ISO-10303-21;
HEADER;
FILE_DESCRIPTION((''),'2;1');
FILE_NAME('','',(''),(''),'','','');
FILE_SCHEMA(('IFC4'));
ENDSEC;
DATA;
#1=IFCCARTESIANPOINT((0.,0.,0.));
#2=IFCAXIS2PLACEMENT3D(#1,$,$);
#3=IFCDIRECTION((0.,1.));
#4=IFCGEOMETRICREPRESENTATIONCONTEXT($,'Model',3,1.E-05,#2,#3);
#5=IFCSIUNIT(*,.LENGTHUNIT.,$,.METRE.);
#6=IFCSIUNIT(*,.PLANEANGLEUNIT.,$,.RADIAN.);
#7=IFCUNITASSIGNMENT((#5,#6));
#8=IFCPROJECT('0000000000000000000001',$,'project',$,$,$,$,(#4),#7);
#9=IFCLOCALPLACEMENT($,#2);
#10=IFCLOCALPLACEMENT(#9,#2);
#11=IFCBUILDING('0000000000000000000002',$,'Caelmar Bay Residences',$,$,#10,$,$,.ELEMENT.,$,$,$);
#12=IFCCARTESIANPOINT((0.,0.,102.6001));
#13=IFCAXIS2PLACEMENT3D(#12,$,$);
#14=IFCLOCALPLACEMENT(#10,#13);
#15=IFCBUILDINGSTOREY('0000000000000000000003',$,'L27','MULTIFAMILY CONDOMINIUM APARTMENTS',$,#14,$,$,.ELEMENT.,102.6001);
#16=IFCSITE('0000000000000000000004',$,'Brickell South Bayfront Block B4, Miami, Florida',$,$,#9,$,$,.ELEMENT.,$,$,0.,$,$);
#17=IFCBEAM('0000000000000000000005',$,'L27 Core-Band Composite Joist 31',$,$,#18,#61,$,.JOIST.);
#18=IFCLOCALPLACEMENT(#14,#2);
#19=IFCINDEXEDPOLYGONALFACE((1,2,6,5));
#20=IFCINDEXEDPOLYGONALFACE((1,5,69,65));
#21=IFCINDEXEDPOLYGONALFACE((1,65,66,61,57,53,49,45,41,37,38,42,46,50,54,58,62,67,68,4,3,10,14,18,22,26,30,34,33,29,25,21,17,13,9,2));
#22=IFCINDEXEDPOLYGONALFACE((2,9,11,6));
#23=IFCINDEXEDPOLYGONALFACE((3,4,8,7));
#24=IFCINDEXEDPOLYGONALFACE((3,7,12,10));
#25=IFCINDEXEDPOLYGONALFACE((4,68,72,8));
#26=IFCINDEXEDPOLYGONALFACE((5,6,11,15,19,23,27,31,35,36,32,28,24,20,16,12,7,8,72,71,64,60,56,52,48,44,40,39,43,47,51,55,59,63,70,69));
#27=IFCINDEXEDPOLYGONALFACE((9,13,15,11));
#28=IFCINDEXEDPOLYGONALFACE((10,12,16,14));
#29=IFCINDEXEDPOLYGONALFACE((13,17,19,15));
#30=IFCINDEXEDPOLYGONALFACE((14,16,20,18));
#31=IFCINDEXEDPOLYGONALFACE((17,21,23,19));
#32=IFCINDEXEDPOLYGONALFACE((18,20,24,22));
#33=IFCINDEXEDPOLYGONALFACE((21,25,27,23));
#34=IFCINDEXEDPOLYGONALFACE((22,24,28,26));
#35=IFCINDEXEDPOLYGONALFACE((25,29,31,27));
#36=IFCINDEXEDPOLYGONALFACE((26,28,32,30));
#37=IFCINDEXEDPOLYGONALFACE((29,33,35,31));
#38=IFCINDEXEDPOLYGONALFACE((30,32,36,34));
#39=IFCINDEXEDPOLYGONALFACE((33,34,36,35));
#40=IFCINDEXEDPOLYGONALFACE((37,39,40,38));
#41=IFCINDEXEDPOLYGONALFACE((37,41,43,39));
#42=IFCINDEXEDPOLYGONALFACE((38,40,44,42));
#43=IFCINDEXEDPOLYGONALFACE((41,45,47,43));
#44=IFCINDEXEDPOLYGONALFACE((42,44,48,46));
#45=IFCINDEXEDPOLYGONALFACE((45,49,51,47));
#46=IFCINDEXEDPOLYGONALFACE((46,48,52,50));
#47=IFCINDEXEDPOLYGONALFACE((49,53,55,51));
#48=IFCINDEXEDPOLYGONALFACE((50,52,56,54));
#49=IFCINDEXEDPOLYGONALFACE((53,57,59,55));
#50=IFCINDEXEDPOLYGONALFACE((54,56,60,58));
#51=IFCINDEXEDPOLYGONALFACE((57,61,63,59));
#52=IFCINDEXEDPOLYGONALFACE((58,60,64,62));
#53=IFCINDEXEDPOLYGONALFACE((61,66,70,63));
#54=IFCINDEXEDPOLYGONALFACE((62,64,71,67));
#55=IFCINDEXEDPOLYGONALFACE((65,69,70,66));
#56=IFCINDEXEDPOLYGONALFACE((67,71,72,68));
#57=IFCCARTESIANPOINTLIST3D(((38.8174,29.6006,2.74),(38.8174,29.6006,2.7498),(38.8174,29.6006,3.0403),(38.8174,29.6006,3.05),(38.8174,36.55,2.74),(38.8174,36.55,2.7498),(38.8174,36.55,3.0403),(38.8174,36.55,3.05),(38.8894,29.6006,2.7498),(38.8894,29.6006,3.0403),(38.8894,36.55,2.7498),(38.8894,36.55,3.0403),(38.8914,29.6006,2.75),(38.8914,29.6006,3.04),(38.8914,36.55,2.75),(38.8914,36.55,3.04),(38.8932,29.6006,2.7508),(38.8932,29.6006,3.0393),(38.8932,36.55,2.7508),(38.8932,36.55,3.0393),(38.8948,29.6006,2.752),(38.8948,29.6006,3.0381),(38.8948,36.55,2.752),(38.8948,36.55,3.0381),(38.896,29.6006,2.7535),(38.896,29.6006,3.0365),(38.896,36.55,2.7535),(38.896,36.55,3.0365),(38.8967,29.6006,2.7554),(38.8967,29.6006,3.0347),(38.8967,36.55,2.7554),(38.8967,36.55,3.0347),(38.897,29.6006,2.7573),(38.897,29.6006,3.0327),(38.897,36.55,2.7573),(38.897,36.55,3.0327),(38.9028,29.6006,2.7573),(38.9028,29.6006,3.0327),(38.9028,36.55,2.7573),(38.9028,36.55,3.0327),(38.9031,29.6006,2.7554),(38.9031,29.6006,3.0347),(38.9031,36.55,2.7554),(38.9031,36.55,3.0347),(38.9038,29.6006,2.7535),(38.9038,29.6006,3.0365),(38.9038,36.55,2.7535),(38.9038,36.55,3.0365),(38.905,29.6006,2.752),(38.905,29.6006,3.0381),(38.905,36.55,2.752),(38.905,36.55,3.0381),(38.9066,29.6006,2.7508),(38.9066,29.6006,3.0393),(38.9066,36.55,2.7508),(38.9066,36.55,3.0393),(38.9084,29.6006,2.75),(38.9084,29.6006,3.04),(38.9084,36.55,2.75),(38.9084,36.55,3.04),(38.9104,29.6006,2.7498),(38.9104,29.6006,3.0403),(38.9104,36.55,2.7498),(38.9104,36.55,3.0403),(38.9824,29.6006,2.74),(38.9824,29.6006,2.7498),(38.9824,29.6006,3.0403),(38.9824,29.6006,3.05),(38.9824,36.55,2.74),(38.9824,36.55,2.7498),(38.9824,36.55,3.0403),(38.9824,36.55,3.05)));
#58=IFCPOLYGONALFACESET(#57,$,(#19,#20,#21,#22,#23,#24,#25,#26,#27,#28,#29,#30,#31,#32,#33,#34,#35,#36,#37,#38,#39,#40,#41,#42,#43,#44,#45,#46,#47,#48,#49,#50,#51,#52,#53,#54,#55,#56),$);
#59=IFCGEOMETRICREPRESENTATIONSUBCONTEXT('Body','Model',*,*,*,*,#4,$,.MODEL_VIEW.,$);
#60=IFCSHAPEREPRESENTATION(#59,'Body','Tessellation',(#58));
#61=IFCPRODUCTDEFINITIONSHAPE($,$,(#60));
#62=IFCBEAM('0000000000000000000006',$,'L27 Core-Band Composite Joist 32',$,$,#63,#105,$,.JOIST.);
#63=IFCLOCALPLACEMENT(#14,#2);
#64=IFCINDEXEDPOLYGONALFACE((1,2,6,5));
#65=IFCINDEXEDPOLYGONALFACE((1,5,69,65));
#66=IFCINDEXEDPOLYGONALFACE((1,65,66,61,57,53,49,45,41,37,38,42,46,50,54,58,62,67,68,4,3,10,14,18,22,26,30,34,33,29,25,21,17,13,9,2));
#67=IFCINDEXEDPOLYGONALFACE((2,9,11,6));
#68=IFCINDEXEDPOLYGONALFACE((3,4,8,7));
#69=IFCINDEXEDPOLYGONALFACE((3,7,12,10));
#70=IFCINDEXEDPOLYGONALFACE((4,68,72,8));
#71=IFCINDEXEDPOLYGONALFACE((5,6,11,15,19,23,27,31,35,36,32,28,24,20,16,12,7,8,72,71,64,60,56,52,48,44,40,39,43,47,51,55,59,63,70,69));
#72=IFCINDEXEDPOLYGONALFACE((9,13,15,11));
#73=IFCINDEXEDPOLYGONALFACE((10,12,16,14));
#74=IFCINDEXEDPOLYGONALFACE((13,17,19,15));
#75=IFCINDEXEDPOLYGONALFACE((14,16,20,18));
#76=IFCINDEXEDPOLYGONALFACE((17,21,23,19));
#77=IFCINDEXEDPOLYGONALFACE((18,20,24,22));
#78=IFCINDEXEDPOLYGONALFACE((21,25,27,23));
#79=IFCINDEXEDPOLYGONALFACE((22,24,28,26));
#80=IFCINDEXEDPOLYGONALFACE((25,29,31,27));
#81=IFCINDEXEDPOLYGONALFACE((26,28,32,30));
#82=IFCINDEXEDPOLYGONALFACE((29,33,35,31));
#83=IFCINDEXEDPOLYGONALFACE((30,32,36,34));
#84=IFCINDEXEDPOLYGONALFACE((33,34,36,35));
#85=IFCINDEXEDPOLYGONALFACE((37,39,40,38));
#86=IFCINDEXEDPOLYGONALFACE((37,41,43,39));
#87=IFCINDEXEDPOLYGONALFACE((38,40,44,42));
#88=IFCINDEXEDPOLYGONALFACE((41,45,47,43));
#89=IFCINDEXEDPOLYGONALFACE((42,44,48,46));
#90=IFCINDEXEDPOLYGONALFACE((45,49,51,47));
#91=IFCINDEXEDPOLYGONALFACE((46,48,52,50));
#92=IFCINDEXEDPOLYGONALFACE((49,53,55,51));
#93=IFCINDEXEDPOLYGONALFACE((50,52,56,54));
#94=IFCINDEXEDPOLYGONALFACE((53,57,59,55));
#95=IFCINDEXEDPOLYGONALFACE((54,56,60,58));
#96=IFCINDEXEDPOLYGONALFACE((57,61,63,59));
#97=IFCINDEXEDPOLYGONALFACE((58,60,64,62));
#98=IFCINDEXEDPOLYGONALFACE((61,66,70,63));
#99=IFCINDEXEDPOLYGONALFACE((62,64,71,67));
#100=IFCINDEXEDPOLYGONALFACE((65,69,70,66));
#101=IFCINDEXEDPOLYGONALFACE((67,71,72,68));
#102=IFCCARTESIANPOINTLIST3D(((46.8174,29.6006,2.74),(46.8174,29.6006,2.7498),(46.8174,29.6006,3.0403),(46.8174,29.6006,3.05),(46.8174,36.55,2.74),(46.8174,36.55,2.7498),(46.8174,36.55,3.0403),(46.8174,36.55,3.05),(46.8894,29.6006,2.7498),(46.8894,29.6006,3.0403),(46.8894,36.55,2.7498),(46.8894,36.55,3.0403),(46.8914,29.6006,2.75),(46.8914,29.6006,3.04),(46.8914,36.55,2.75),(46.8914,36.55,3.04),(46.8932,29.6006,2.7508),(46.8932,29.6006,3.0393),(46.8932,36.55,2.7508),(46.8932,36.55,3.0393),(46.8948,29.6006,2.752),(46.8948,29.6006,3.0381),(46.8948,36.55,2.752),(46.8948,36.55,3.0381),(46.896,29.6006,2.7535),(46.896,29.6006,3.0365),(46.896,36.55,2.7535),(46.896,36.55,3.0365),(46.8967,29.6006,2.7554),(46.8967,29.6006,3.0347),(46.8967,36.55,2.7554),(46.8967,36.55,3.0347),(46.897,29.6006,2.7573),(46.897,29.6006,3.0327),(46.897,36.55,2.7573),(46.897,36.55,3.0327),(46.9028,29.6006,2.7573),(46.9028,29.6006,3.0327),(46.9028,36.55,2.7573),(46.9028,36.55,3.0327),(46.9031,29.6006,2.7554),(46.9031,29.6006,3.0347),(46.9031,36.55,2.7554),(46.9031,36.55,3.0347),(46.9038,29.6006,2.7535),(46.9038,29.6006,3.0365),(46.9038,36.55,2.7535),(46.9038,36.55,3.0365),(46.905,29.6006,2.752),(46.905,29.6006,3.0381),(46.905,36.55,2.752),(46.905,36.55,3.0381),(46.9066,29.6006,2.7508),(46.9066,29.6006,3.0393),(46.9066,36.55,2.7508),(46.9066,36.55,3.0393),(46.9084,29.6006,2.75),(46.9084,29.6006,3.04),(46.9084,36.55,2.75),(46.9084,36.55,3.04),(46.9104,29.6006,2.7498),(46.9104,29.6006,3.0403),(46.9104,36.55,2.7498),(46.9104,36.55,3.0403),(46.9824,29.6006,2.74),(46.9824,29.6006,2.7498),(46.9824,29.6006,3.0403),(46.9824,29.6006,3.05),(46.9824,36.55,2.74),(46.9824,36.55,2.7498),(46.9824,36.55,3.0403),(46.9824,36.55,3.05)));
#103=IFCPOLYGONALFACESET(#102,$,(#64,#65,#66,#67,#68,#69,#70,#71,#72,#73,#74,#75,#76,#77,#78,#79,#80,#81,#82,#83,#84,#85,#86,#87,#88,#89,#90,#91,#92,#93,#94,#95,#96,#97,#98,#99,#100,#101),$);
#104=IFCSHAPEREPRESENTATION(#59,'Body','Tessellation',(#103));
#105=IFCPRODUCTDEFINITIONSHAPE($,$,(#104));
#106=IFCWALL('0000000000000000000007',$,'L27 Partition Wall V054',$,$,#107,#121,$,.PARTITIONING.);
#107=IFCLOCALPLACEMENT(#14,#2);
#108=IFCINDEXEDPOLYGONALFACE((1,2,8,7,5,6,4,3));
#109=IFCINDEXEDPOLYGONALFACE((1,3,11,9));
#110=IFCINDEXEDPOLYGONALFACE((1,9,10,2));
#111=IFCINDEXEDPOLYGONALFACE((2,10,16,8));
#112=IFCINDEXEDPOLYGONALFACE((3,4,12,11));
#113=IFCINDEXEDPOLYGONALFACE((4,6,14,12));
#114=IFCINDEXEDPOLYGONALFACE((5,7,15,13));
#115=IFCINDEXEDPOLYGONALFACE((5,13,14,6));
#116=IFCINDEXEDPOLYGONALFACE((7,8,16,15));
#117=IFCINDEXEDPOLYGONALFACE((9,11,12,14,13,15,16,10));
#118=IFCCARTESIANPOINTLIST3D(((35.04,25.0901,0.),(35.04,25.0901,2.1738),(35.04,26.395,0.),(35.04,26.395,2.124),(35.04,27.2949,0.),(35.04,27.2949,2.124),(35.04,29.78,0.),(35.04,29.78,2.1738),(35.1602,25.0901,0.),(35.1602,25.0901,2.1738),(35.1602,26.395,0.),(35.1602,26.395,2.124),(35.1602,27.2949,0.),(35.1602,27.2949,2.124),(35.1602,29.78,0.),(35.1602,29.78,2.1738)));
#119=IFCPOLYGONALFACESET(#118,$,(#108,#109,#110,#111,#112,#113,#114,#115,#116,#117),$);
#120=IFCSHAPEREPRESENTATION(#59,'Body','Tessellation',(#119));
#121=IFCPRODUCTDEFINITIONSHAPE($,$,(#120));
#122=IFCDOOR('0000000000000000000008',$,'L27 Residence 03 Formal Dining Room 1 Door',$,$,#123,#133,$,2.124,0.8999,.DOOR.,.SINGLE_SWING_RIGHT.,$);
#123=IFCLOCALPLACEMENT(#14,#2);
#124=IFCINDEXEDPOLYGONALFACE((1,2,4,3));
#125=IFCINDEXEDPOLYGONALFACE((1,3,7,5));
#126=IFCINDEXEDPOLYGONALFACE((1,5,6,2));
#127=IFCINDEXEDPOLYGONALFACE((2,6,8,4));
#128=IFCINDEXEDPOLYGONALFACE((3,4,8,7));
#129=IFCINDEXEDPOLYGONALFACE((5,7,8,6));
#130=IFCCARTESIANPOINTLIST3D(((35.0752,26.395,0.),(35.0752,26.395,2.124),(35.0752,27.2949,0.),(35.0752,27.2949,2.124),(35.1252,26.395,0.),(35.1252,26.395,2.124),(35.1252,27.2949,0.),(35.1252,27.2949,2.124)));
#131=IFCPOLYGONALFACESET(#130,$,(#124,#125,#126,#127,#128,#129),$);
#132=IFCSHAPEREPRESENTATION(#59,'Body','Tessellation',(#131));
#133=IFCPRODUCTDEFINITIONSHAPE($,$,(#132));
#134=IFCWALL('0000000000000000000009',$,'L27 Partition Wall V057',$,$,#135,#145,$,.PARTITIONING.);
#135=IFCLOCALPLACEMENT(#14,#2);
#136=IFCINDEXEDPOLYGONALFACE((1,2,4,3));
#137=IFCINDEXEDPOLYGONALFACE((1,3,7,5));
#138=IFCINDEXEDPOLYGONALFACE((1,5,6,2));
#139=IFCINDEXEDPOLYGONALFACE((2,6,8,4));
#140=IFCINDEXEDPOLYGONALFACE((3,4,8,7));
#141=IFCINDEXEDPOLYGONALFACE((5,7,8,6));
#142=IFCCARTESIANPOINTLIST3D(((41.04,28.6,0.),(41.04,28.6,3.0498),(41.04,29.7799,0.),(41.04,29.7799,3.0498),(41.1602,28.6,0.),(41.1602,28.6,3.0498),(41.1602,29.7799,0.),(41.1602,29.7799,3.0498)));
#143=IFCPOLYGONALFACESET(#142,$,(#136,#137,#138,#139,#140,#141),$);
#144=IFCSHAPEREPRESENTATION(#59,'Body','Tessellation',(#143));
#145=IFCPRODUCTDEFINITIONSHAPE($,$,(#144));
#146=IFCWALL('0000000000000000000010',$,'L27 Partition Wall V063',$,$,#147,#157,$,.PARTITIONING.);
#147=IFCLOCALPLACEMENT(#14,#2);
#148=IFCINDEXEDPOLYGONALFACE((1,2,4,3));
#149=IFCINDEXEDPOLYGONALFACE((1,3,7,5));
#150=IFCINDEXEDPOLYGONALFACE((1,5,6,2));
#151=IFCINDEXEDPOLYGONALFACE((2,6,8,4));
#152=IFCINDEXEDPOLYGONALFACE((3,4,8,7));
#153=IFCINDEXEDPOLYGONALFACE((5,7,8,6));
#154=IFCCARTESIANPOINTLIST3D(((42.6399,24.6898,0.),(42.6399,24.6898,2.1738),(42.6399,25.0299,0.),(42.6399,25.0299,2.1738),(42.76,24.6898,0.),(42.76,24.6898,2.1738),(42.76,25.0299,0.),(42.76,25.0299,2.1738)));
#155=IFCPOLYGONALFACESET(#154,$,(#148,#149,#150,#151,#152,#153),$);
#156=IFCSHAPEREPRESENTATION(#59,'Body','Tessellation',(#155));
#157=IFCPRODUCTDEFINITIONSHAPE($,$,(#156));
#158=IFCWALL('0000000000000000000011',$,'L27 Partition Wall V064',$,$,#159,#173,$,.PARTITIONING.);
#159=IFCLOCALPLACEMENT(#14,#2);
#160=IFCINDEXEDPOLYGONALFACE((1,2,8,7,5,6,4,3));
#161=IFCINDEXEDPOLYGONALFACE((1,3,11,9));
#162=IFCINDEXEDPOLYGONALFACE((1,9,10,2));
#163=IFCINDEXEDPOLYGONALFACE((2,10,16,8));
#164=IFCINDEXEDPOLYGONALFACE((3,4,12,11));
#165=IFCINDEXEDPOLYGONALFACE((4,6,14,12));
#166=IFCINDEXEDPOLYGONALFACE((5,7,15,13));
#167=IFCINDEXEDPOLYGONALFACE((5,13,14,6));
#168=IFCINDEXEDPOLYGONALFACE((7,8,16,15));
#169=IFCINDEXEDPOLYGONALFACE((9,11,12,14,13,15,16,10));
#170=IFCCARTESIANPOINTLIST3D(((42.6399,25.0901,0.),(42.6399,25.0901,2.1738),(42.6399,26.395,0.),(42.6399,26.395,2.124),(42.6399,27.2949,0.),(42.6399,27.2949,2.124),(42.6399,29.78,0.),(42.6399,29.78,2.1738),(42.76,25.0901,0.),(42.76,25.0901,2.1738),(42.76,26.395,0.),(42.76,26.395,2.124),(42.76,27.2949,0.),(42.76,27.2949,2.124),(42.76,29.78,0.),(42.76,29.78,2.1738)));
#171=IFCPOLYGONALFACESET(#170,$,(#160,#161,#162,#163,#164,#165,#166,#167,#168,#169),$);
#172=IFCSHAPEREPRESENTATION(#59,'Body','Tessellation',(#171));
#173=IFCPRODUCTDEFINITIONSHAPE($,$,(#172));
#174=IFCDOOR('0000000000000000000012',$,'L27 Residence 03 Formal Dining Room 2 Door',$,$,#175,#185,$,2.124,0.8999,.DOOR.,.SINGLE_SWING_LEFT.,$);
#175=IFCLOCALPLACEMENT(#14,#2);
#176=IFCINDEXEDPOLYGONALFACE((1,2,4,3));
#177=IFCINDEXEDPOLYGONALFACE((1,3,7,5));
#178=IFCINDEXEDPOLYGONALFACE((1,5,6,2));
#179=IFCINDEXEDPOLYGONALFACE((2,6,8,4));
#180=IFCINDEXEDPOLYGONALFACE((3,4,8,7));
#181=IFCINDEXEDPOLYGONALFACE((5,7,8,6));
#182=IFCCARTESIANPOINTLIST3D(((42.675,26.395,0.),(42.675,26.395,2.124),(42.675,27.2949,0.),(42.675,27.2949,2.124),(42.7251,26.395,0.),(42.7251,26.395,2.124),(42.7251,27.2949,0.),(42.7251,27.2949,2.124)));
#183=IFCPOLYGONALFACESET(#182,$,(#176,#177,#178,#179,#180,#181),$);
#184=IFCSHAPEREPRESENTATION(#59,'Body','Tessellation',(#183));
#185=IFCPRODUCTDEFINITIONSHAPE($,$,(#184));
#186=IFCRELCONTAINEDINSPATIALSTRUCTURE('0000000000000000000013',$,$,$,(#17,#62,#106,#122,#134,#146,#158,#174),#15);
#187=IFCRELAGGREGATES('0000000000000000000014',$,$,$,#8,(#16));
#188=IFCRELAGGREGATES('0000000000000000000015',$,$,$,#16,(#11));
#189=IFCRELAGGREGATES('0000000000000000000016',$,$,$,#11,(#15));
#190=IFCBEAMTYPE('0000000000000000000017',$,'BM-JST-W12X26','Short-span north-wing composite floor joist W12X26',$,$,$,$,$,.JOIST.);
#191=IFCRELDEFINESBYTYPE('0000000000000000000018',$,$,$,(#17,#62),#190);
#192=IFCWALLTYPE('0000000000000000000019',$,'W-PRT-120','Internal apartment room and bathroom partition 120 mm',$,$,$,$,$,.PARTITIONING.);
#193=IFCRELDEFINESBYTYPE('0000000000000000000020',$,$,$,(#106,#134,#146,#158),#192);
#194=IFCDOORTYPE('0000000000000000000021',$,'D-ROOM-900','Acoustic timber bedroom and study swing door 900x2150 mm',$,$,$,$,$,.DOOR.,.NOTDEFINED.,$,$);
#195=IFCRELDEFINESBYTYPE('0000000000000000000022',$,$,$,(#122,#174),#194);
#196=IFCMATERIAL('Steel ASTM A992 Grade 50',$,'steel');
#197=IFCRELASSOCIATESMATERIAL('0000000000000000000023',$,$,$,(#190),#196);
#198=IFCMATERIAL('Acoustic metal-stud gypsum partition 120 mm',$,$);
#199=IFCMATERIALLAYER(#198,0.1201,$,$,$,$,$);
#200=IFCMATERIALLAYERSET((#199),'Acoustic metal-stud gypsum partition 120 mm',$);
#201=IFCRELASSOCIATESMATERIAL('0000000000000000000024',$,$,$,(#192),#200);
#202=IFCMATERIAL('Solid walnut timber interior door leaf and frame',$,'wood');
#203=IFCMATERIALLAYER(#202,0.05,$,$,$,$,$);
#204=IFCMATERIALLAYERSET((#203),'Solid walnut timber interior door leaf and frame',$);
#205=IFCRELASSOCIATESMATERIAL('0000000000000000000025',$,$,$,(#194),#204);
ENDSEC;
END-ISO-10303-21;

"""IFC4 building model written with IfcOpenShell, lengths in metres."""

from ifc_helpers import new_model, si_unit, direction, frame, frame_2d, origin, origin_2d, place, context, subcontext, project, spatial, rectangle, i_section, extrude, material, layer, layer_set, material_profile, profile_set, type_object, element, fill, save


model = new_model("IFC4")

# Units and contexts
model_context = context("Model", 3, precision=1e-05, world=origin(), true_north=direction((0.0, 1.0)))
body_context = subcontext(model_context, "Body", "Model", "MODEL_VIEW")
ifc_project = project(units=[si_unit("LENGTHUNIT", "METRE"), si_unit("PLANEANGLEUNIT", "RADIAN")], contexts=[model_context])

# Site, building, storey
site_placement = place(None, origin())
site = spatial("IfcSite", under=ifc_project, at=site_placement, Name="Brickell South Bayfront Block B4, Miami, Florida", CompositionType="ELEMENT", RefElevation=0.0)
building_placement = place(site_placement, origin())
building = spatial("IfcBuilding", under=site, at=building_placement, Name="Caelmar Bay Residences", CompositionType="ELEMENT")
storey_placement = place(building_placement, frame((0.0, 0.0, 102.6001)))
storey = spatial("IfcBuildingStorey", under=building, at=storey_placement, Name="L27", Description="MULTIFAMILY CONDOMINIUM APARTMENTS", CompositionType="ELEMENT", Elevation=102.6001)

# Beams
ifc_material_1 = material(Name="Steel ASTM A992 Grade 50", Category="steel")
ifc_material_profile_1 = material_profile(ifc_material_1, i_section(OverallWidth=0.165, OverallDepth=0.3101, WebThickness=0.0059, FlangeThickness=0.0098, FilletRadius=0.0076, at=origin_2d()), Name="W12X26")
ifc_profile_set_1 = profile_set([ifc_material_profile_1], Name="Steel ASTM A992 Grade 50")
beam_type_1 = type_object("IfcBeamType", Name="BM-JST-W12X26", Description="Short-span north-wing composite floor joist W12X26", PredefinedType="JOIST", material=ifc_profile_set_1)
for number, where, z_axis, x_axis, name in (
    (1, (38.8999, 29.6006, 2.895), (0.0, 1.0, 0.0), (-1.0, 0.0, 0.0), "L27 Core-Band Composite Joist 31"),
    (2, (46.8999, 29.6006, 2.895), (0.0, 1.0, 0.0), (-1.0, 0.0, 0.0), "L27 Core-Band Composite Joist 32"),
):
    element("IfcBeam", number, at=place(storey_placement, frame(where, z_axis=z_axis, x_axis=x_axis)), inside=storey, type_object=beam_type_1, Name=name, PredefinedType="JOIST", context=body_context, shape_type="SweptSolid", body=[
        extrude(i_section(OverallWidth=0.165, OverallDepth=0.3101, WebThickness=0.0059, FlangeThickness=0.0098, FilletRadius=0.0076, at=origin_2d()), origin(), (0.0, 0.0, 1.0), 6.9495),
    ])

# Wall, opening, door
ifc_material_2 = material(Name="Acoustic metal-stud gypsum partition 120 mm")
ifc_layer_1 = layer(ifc_material_2, 0.1201)
ifc_layer_set_1 = layer_set([ifc_layer_1], Name="Acoustic metal-stud gypsum partition 120 mm")
wall_type = type_object("IfcWallType", Name="W-PRT-120", Description="Internal apartment room and bathroom partition 120 mm", PredefinedType="PARTITIONING", material=ifc_layer_set_1)
wall_1_placement = place(storey_placement, frame((35.1001, 25.0901, 0.0), z_axis=(0.0, 0.0, 1.0), x_axis=(0.0, 1.0, 0.0)))
wall_1 = element("IfcWall", 3, at=wall_1_placement, inside=storey, type_object=wall_type, Name="L27 Partition Wall V054", PredefinedType="PARTITIONING", context=body_context, shape_type="SweptSolid", body=[
    extrude(rectangle(XDim=4.6899, YDim=0.1201, at=frame_2d((2.345, 0.0))), origin(), (0.0, 0.0, 1.0), 2.1738),
])
opening_1_placement = place(wall_1_placement, frame((1.3049, 0.0, 0.0)))
opening_1 = element("IfcOpeningElement", 4, at=opening_1_placement, cuts=wall_1, PredefinedType="OPENING", context=body_context, shape_type="SweptSolid", body=[
    extrude(rectangle(XDim=0.8999, YDim=2.124, at=frame_2d((0.45, 1.062))), frame((0.0, 0.0701, 0.0), z_axis=(0.0, -1.0, 0.0), x_axis=(1.0, 0.0, 0.0)), (0.0, 0.0, 1.0), 0.1401),
])
ifc_material_3 = material(Name="Solid walnut timber interior door leaf and frame", Category="wood")
ifc_layer_2 = layer(ifc_material_3, 0.05)
ifc_layer_set_2 = layer_set([ifc_layer_2], Name="Solid walnut timber interior door leaf and frame")
door_type = type_object("IfcDoorType", Name="D-ROOM-900", Description="Acoustic timber bedroom and study swing door 900x2150 mm", OperationType="NOTDEFINED", PredefinedType="DOOR", material=ifc_layer_set_2)
door_1_placement = place(opening_1_placement, origin())
door_1 = element("IfcDoor", 5, at=door_1_placement, inside=storey, type_object=door_type, Name="L27 Residence 03 Formal Dining Room 1 Door", OperationType="SINGLE_SWING_RIGHT", OverallHeight=2.124, OverallWidth=0.8999, PredefinedType="DOOR", context=body_context, shape_type="SweptSolid", body=[
    extrude(rectangle(XDim=0.8999, YDim=2.124, at=frame_2d((0.45, 1.062))), frame((0.0, 0.0249, 0.0), z_axis=(0.0, -1.0, 0.0), x_axis=(1.0, 0.0, 0.0)), (0.0, 0.0, 1.0), 0.05),
])
fill(opening_1, door_1)

# Walls
wall_2_placement = place(storey_placement, frame((41.1001, 28.6001, 0.0), z_axis=(0.0, 0.0, 1.0), x_axis=(0.0, 1.0, 0.0)))
element("IfcWall", 6, at=wall_2_placement, inside=storey, type_object=wall_type, Name="L27 Partition Wall V057", PredefinedType="PARTITIONING", context=body_context, shape_type="SweptSolid", body=[
    extrude(rectangle(XDim=1.1799, YDim=0.1201, at=frame_2d((0.5898, 0.0))), origin(), (0.0, 0.0, 1.0), 3.0498),
])
wall_3_placement = place(storey_placement, frame((42.7, 24.6899, 0.0), z_axis=(0.0, 0.0, 1.0), x_axis=(0.0, 1.0, 0.0)))
element("IfcWall", 7, at=wall_3_placement, inside=storey, type_object=wall_type, Name="L27 Partition Wall V063", PredefinedType="PARTITIONING", context=body_context, shape_type="SweptSolid", body=[
    extrude(rectangle(XDim=0.3401, YDim=0.1201, at=frame_2d((0.1699, 0.0))), origin(), (0.0, 0.0, 1.0), 2.1738),
])

# Wall, opening, door
wall_4_placement = place(storey_placement, frame((42.7, 25.0901, 0.0), z_axis=(0.0, 0.0, 1.0), x_axis=(0.0, 1.0, 0.0)))
wall_4 = element("IfcWall", 8, at=wall_4_placement, inside=storey, type_object=wall_type, Name="L27 Partition Wall V064", PredefinedType="PARTITIONING", context=body_context, shape_type="SweptSolid", body=[
    extrude(rectangle(XDim=4.6899, YDim=0.1201, at=frame_2d((2.345, 0.0))), origin(), (0.0, 0.0, 1.0), 2.1738),
])
opening_2_placement = place(wall_4_placement, frame((1.3049, 0.0, 0.0)))
opening_2 = element("IfcOpeningElement", 9, at=opening_2_placement, cuts=wall_4, PredefinedType="OPENING", context=body_context, shape_type="SweptSolid", body=[
    extrude(rectangle(XDim=0.8999, YDim=2.124, at=frame_2d((0.45, 1.062))), frame((0.0, 0.0701, 0.0), z_axis=(0.0, -1.0, 0.0), x_axis=(1.0, 0.0, 0.0)), (0.0, 0.0, 1.0), 0.1401),
])
door_2_placement = place(opening_2_placement, origin())
door_2 = element("IfcDoor", 10, at=door_2_placement, inside=storey, type_object=door_type, Name="L27 Residence 03 Formal Dining Room 2 Door", OperationType="SINGLE_SWING_LEFT", OverallHeight=2.124, OverallWidth=0.8999, PredefinedType="DOOR", context=body_context, shape_type="SweptSolid", body=[
    extrude(rectangle(XDim=0.8999, YDim=2.124, at=frame_2d((0.45, 1.062))), frame((0.0, 0.0249, 0.0), z_axis=(0.0, -1.0, 0.0), x_axis=(1.0, 0.0, 0.0)), (0.0, 0.0, 1.0), 0.05),
])
fill(opening_2, door_2)

save(model, "model.ifc")
